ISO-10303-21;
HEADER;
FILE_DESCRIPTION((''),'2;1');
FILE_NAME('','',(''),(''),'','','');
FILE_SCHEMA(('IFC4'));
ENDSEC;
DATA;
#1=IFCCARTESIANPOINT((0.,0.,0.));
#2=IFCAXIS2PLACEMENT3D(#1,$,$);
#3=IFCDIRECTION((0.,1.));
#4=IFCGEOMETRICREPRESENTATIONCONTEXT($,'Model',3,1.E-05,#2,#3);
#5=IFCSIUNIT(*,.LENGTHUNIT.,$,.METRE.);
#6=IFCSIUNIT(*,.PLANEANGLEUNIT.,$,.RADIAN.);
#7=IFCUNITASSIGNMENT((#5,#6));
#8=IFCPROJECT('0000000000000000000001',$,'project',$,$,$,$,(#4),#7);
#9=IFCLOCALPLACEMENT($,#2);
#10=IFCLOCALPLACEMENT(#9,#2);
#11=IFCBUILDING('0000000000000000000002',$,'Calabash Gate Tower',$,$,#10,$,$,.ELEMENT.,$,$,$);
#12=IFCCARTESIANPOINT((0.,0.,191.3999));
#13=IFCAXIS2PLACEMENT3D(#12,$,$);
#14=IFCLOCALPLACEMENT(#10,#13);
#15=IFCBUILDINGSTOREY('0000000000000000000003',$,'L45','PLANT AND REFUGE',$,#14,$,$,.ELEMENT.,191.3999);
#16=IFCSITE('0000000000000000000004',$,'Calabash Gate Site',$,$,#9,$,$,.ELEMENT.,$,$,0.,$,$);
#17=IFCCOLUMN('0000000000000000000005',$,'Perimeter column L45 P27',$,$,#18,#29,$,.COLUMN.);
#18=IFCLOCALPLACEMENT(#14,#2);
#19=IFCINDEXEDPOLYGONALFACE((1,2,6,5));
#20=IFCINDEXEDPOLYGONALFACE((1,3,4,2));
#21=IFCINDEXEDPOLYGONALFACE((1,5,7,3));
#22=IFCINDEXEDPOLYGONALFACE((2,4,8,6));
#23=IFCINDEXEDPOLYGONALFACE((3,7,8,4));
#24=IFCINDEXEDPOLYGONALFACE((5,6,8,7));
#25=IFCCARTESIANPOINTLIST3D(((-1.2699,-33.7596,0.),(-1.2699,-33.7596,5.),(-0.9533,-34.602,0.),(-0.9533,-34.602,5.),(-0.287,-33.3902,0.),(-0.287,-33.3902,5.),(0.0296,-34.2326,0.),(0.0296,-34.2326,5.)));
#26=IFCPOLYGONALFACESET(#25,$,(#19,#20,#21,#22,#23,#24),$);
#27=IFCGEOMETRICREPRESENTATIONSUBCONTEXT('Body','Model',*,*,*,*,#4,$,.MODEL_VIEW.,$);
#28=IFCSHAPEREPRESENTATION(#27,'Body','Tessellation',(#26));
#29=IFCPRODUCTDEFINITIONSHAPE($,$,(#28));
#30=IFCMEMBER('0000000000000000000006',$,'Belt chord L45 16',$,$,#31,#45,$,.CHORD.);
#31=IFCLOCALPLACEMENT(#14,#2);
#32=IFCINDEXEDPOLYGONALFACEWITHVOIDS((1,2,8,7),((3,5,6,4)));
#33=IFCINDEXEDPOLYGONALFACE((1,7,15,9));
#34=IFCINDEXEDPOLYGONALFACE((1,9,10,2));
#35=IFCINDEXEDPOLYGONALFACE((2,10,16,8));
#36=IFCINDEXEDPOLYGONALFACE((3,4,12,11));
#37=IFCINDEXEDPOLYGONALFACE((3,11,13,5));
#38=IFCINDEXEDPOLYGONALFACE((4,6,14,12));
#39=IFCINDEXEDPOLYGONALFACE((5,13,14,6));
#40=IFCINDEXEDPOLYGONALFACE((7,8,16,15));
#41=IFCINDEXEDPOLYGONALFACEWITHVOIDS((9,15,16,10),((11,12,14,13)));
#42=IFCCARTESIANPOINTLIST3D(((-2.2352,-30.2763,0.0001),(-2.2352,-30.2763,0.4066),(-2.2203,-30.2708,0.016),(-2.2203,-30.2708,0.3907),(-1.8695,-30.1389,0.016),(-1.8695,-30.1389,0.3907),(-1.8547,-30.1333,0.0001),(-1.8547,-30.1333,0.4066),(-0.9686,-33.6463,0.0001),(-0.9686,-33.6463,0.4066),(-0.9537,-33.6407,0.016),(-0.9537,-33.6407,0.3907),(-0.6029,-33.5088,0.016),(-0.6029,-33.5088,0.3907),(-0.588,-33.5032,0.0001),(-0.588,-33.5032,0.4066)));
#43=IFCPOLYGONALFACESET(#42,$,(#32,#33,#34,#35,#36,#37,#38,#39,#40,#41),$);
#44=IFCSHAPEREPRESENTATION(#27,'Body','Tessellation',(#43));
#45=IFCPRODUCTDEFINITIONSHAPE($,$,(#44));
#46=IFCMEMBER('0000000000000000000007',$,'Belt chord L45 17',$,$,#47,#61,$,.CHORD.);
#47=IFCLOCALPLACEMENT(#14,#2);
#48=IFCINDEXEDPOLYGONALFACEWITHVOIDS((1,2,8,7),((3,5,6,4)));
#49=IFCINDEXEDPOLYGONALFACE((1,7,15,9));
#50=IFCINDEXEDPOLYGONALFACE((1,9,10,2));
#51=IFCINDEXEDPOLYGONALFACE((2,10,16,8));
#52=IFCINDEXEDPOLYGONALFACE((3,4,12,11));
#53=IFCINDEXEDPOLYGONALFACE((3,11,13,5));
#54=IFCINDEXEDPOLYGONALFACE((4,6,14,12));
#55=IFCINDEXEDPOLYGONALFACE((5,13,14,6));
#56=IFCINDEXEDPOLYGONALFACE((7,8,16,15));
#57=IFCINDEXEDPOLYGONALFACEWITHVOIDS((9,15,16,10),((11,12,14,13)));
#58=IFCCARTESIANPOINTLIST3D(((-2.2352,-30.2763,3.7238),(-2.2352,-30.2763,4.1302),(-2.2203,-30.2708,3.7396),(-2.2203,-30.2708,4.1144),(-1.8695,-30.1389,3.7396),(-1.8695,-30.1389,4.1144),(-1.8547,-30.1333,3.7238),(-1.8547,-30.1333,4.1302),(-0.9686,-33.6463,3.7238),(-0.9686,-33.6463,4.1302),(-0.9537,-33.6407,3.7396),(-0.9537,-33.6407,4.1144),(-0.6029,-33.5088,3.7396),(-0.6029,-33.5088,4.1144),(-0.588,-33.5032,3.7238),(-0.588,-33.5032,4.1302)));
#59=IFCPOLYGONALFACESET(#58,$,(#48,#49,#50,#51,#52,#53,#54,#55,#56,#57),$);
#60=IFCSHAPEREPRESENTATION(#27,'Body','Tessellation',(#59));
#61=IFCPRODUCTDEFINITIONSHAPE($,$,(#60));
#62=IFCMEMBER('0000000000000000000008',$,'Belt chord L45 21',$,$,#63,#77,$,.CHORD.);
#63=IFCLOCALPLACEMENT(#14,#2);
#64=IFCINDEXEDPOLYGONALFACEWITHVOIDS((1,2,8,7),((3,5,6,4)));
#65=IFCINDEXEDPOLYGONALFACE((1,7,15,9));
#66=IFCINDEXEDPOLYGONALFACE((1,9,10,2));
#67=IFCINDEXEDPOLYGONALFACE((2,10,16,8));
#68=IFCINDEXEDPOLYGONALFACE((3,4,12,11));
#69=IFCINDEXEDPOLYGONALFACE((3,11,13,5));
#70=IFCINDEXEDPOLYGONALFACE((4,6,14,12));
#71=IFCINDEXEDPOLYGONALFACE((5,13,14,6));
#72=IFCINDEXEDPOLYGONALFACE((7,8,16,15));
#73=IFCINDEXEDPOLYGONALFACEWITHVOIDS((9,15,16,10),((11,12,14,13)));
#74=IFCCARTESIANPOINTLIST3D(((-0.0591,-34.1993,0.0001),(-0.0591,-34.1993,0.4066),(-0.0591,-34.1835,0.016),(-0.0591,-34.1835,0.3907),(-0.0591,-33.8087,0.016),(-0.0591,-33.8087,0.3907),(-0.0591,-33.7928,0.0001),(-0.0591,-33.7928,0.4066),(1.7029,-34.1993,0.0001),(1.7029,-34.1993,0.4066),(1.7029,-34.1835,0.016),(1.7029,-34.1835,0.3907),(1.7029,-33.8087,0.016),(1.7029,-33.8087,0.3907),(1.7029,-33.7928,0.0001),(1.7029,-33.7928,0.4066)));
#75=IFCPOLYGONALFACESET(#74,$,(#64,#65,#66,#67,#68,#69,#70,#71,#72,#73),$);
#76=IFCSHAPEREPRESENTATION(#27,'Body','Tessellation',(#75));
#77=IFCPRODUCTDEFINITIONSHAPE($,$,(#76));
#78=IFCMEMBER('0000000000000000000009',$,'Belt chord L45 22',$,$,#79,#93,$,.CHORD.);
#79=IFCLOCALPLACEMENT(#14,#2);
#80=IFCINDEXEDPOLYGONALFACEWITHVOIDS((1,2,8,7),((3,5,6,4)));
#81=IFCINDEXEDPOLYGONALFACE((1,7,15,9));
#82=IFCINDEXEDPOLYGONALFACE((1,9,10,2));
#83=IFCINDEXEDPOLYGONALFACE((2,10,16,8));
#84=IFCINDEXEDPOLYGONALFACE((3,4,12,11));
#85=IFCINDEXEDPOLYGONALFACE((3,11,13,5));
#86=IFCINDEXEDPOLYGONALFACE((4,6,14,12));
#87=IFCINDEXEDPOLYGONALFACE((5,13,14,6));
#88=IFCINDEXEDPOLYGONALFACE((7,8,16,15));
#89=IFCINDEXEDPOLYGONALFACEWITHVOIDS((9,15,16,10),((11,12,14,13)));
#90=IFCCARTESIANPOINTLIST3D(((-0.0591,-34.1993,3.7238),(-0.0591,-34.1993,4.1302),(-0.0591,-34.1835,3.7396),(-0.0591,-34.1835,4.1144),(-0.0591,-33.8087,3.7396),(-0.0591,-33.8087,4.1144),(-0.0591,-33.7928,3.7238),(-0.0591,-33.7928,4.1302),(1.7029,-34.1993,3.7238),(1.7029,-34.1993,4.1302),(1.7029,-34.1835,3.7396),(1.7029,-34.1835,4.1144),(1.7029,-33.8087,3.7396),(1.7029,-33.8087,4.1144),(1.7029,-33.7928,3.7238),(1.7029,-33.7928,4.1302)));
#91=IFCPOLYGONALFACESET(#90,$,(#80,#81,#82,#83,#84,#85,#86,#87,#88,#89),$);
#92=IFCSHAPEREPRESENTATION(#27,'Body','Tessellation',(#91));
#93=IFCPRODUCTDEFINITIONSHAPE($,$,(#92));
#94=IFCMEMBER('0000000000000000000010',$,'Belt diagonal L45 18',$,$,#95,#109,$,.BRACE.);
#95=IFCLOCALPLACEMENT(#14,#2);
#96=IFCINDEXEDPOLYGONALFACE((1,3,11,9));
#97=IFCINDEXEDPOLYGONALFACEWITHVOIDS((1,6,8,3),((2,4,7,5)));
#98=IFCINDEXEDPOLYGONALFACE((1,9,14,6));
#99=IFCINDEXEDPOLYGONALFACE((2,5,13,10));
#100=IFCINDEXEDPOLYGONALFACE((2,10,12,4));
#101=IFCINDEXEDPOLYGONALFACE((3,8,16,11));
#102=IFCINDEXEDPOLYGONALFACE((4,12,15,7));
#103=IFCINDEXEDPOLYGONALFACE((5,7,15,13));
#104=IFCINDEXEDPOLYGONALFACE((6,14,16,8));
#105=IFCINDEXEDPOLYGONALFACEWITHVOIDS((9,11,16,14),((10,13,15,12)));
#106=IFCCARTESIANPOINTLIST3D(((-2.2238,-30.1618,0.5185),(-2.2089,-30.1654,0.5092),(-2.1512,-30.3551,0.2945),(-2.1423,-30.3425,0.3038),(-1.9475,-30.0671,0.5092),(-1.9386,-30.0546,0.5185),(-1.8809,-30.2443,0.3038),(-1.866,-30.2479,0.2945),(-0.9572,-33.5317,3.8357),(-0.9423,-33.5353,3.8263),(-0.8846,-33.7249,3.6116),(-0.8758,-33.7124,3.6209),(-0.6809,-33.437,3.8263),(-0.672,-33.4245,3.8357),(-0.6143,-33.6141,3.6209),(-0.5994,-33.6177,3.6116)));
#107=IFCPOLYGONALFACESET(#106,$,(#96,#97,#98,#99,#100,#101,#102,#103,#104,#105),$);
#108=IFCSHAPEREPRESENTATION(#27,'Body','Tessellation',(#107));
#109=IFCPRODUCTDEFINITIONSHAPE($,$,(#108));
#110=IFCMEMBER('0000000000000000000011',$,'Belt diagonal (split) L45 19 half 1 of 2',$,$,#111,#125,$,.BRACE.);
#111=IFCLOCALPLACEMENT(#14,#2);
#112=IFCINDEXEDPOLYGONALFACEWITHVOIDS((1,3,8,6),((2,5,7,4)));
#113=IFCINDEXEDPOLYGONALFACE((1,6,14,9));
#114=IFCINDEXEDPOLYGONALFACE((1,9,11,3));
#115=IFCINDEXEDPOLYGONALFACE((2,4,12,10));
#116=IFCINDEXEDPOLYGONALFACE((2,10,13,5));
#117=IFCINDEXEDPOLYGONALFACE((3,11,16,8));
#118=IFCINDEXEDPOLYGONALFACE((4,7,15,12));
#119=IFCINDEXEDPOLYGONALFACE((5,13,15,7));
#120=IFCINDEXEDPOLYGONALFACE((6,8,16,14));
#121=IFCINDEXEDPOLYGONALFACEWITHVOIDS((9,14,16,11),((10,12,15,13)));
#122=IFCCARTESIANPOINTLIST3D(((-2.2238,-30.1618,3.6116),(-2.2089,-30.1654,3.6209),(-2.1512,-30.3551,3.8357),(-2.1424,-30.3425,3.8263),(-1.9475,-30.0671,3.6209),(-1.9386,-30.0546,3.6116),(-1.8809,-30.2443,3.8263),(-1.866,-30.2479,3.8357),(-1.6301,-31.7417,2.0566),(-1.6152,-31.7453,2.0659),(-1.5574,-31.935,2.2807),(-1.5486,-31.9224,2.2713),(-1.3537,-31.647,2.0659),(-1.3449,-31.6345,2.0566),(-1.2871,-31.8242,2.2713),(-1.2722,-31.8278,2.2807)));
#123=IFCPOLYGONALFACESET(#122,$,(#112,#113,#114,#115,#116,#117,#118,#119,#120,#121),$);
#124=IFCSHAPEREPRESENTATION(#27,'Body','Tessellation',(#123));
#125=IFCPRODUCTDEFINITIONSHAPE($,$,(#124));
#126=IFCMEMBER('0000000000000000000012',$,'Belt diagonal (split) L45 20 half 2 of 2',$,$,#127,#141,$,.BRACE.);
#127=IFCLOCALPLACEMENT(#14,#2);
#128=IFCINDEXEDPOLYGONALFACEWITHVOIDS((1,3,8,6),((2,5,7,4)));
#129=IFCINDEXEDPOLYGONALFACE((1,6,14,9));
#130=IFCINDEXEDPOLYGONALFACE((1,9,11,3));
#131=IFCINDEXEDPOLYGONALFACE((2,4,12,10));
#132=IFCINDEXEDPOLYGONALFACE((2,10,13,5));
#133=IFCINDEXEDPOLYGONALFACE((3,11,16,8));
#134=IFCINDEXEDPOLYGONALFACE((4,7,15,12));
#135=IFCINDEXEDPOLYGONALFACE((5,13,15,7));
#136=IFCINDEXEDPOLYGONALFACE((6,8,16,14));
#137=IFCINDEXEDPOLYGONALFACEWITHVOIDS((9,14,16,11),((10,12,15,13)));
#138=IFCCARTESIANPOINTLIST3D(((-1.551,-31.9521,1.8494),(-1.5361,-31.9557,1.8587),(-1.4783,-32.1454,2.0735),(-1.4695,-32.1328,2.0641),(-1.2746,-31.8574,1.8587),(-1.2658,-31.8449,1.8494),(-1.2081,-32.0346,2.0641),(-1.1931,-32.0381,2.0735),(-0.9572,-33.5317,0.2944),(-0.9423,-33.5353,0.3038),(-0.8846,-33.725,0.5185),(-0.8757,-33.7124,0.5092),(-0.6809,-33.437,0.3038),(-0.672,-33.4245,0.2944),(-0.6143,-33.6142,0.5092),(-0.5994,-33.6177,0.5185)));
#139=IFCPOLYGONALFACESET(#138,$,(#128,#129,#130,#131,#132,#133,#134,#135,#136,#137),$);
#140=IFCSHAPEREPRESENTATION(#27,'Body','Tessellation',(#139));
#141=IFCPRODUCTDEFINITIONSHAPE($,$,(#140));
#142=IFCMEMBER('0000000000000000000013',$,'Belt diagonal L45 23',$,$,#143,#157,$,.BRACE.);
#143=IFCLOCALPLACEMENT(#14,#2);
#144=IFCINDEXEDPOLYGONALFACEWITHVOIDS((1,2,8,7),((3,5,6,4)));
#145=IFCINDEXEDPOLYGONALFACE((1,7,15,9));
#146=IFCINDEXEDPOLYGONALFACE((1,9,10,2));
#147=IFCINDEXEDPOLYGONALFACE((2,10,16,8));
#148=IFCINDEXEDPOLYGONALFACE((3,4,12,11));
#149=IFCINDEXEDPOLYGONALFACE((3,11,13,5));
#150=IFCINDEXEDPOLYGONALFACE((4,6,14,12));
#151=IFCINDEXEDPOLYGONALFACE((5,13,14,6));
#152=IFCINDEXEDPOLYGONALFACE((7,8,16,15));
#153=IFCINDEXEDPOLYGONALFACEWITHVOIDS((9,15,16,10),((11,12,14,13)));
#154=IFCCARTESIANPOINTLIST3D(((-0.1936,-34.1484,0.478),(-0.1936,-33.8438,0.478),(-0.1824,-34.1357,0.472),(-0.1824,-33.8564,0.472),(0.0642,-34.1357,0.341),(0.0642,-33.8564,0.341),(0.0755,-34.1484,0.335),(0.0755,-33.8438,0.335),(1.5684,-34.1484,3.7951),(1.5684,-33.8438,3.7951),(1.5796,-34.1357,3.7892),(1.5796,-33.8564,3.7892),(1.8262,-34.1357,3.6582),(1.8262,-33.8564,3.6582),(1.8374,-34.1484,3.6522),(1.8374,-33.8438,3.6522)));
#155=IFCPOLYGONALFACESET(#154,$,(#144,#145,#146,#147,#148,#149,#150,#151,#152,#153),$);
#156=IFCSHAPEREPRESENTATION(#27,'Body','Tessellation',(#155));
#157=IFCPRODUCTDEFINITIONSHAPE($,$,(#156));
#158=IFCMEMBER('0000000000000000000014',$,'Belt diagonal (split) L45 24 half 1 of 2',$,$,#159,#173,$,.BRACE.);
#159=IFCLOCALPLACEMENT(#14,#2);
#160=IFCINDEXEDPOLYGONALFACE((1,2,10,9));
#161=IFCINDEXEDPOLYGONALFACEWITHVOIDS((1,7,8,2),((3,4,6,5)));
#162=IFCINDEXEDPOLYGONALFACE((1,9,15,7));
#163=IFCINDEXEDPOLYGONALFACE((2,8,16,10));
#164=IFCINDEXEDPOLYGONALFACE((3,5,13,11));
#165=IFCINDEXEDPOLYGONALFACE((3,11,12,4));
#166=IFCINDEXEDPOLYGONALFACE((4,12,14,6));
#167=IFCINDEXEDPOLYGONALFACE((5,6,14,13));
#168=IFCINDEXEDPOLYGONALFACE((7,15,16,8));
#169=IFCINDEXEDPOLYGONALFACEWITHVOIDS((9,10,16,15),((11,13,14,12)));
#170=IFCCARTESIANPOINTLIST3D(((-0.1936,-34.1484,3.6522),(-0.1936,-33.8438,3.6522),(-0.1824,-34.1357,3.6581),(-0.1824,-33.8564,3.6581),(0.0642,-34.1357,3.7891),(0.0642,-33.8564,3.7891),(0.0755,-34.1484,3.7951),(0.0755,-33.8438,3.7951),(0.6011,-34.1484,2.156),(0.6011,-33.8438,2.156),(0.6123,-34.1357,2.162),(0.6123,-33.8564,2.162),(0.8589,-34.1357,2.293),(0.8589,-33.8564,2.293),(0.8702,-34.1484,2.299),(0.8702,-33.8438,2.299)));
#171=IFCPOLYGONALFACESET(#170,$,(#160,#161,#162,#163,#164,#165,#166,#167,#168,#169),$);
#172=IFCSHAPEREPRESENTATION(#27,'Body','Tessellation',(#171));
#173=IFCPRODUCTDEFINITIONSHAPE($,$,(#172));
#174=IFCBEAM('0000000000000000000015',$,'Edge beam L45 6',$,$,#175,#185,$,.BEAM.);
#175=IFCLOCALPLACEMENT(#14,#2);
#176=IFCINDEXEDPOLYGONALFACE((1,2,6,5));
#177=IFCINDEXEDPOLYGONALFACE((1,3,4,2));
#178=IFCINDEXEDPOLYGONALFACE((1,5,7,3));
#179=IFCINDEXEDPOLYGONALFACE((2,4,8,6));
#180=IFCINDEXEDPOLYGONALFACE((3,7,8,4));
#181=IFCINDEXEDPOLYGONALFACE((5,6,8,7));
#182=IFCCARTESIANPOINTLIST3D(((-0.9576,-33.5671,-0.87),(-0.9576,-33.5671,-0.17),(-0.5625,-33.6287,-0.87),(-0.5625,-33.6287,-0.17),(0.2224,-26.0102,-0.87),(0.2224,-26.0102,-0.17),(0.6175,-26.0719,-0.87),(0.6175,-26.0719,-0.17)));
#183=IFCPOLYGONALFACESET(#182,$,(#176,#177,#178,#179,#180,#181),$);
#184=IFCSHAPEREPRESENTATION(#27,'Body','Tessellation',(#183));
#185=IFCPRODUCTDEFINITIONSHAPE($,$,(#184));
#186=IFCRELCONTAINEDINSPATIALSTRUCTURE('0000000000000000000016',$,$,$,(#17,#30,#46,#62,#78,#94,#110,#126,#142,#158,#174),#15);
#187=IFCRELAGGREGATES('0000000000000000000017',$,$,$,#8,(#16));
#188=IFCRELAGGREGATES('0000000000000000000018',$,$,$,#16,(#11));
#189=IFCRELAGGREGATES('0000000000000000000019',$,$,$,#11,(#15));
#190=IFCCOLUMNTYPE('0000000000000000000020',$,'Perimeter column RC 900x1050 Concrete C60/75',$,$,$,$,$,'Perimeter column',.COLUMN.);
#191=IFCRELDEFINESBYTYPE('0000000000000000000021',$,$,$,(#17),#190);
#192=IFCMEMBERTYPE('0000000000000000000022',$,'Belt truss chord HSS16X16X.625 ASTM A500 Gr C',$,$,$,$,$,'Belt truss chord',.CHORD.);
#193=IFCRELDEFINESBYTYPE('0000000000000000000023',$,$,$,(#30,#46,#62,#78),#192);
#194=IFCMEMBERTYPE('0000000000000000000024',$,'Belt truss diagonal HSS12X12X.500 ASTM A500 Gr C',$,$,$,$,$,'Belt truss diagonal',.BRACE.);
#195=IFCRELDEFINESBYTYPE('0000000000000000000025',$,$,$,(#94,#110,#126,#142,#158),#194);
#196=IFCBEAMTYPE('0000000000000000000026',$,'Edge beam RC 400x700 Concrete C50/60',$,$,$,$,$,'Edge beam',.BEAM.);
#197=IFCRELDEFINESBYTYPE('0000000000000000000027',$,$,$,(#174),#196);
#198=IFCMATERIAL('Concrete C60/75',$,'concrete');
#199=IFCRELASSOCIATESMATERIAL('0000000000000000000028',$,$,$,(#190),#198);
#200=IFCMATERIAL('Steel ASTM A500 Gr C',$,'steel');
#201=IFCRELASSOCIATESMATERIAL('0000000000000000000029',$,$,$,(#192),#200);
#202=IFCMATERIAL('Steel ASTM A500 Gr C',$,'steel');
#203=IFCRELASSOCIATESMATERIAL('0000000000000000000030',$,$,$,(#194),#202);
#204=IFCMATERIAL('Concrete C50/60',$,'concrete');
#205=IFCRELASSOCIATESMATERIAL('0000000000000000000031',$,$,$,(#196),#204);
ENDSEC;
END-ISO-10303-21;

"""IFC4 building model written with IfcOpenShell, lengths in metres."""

from ifc_helpers import new_model, si_unit, direction, frame, origin, origin_2d, place, context, subcontext, project, spatial, rectangle, hollow_rectangle, extrude, material, material_profile, profile_set, type_object, element, save


model = new_model("IFC4")

# Units and contexts
model_context = context("Model", 3, precision=1e-05, world=origin(), true_north=direction((0.0, 1.0)))
body_context = subcontext(model_context, "Body", "Model", "MODEL_VIEW")
ifc_project = project(units=[si_unit("LENGTHUNIT", "METRE"), si_unit("PLANEANGLEUNIT", "RADIAN")], contexts=[model_context])

# Site, building, storey
site_placement = place(None, origin())
site = spatial("IfcSite", under=ifc_project, at=site_placement, Name="Calabash Gate Site", CompositionType="ELEMENT", RefElevation=0.0)
building_placement = place(site_placement, origin())
building = spatial("IfcBuilding", under=site, at=building_placement, Name="Calabash Gate Tower", CompositionType="ELEMENT")
storey_placement = place(building_placement, frame((0.0, 0.0, 191.3999)))
storey = spatial("IfcBuildingStorey", under=building, at=storey_placement, Name="L45", Description="PLANT AND REFUGE", CompositionType="ELEMENT", Elevation=191.3999)

# Column
ifc_material_1 = material(Name="Concrete C60/75", Category="concrete")
ifc_material_profile_1 = material_profile(ifc_material_1, rectangle(XDim=0.8999, YDim=1.05, at=origin_2d()))
ifc_profile_set_1 = profile_set([ifc_material_profile_1], Name="Concrete C60/75")
column_type = type_object("IfcColumnType", Name="Perimeter column RC 900x1050 Concrete C60/75", ElementType="Perimeter column", PredefinedType="COLUMN", material=ifc_profile_set_1)
column_placement = place(storey_placement, frame((-0.6201, -33.9961, 0.0), z_axis=(0.0, 0.0, 1.0), x_axis=(0.351823, -0.936067, 0.0)))
element("IfcColumn", 1, at=column_placement, inside=storey, type_object=column_type, Name="Perimeter column L45 P27", PredefinedType="COLUMN", context=body_context, shape_type="SweptSolid", body=[
    extrude(rectangle(XDim=0.8999, YDim=1.05, at=origin_2d()), origin(), (0.0, 0.0, 1.0), 5.0),
])

# Members
ifc_material_2 = material(Name="Steel ASTM A500 Gr C", Category="steel")
ifc_material_profile_2 = material_profile(ifc_material_2, hollow_rectangle(XDim=0.4065, YDim=0.4065, WallThickness=0.0159, at=origin_2d()))
ifc_profile_set_2 = profile_set([ifc_material_profile_2], Name="Steel ASTM A500 Gr C")
member_type_1 = type_object("IfcMemberType", Name="Belt truss chord HSS16X16X.625 ASTM A500 Gr C", ElementType="Belt truss chord", PredefinedType="CHORD", material=ifc_profile_set_2)
for number, where, z_axis, x_axis, name in (
    (2, (-2.0449, -30.2048, 0.2034), (0.351829, -0.936064, 0.0), (0.936064, 0.351829, 0.0), "Belt chord L45 16"),
    (3, (-2.0449, -30.2048, 3.927), (0.351829, -0.936064, 0.0), (0.936064, 0.351829, 0.0), "Belt chord L45 17"),
):
    element("IfcMember", number, at=place(storey_placement, frame(where, z_axis=z_axis, x_axis=x_axis)), inside=storey, type_object=member_type_1, Name=name, PredefinedType="CHORD", context=body_context, shape_type="SweptSolid", body=[
        extrude(hollow_rectangle(XDim=0.4065, YDim=0.4065, WallThickness=0.0159, at=origin_2d()), origin(), (0.0, 0.0, 1.0), 3.6001),
    ])
for number, where, z_axis, x_axis, name in (
    (4, (-0.0591, -33.9961, 0.2034), (1.0, 0.0, 0.0), (0.0, 1.0, 0.0), "Belt chord L45 21"),
    (5, (-0.0591, -33.9961, 3.927), (1.0, 0.0, 0.0), (0.0, 1.0, 0.0), "Belt chord L45 22"),
):
    element("IfcMember", number, at=place(storey_placement, frame(where, z_axis=z_axis, x_axis=x_axis)), inside=storey, type_object=member_type_1, Name=name, PredefinedType="CHORD", context=body_context, shape_type="SweptSolid", body=[
        extrude(hollow_rectangle(XDim=0.4065, YDim=0.4065, WallThickness=0.0159, at=origin_2d()), origin(), (0.0, 0.0, 1.0), 1.762),
    ])
ifc_material_3 = material(Name="Steel ASTM A500 Gr C", Category="steel")
ifc_material_profile_3 = material_profile(ifc_material_3, hollow_rectangle(XDim=0.3047, YDim=0.3047, WallThickness=0.0127, at=origin_2d()))
ifc_profile_set_3 = profile_set([ifc_material_profile_3], Name="Steel ASTM A500 Gr C")
member_type_2 = type_object("IfcMemberType", Name="Belt truss diagonal HSS12X12X.500 ASTM A500 Gr C", ElementType="Belt truss diagonal", PredefinedType="BRACE", material=ifc_profile_set_3)
member_1_placement = place(storey_placement, frame((-2.0449, -30.2048, 0.4065), z_axis=(0.25874, -0.688393, 0.67762), x_axis=(0.936064, 0.351829, 0.0)))
element("IfcMember", 6, at=member_1_placement, inside=storey, type_object=member_type_2, Name="Belt diagonal L45 18", PredefinedType="BRACE", context=body_context, shape_type="SweptSolid", body=[
    extrude(hollow_rectangle(XDim=0.3047, YDim=0.3047, WallThickness=0.0127, at=origin_2d()), origin(), (0.0, 0.0, 1.0), 4.8953),
])
member_2_placement = place(storey_placement, frame((-2.0449, -30.2048, 3.7236), z_axis=(0.258734, -0.688433, -0.677581), x_axis=(0.936073, 0.351805, 0.0)))
element("IfcMember", 7, at=member_2_placement, inside=storey, type_object=member_type_2, Name="Belt diagonal (split) L45 19 half 1 of 2", PredefinedType="BRACE", context=body_context, shape_type="SweptSolid", body=[
    extrude(hollow_rectangle(XDim=0.3047, YDim=0.3047, WallThickness=0.0127, at=origin_2d()), origin(), (0.0, 0.0, 1.0), 2.2949),
])
member_3_placement = place(storey_placement, frame((-1.3721, -31.9951, 1.9614), z_axis=(0.258753, -0.688377, -0.677631), x_axis=(0.936055, 0.351853, 0.0)))
element("IfcMember", 8, at=member_3_placement, inside=storey, type_object=member_type_2, Name="Belt diagonal (split) L45 20 half 2 of 2", PredefinedType="BRACE", context=body_context, shape_type="SweptSolid", body=[
    extrude(hollow_rectangle(XDim=0.3047, YDim=0.3047, WallThickness=0.0127, at=origin_2d()), origin(), (0.0, 0.0, 1.0), 2.2947),
])
member_4_placement = place(storey_placement, frame((-0.0591, -33.9961, 0.4065), z_axis=(0.4691, 0.0, 0.883145), x_axis=(0.0, 1.0, 0.0)))
element("IfcMember", 9, at=member_4_placement, inside=storey, type_object=member_type_2, Name="Belt diagonal L45 23", PredefinedType="BRACE", context=body_context, shape_type="SweptSolid", body=[
    extrude(hollow_rectangle(XDim=0.3047, YDim=0.3047, WallThickness=0.0127, at=origin_2d()), origin(), (0.0, 0.0, 1.0), 3.7561),
])
member_5_placement = place(storey_placement, frame((-0.0591, -33.9961, 3.7236), z_axis=(0.469099, 0.0, -0.883146), x_axis=(0.0, 1.0, 0.0)))
element("IfcMember", 10, at=member_5_placement, inside=storey, type_object=member_type_2, Name="Belt diagonal (split) L45 24 half 1 of 2", PredefinedType="BRACE", context=body_context, shape_type="SweptSolid", body=[
    extrude(hollow_rectangle(XDim=0.3047, YDim=0.3047, WallThickness=0.0127, at=origin_2d()), origin(), (0.0, 0.0, 1.0), 1.6941),
])

# Beam
ifc_material_4 = material(Name="Concrete C50/60", Category="concrete")
ifc_material_profile_4 = material_profile(ifc_material_4, rectangle(XDim=0.3999, YDim=0.7, at=origin_2d()))
ifc_profile_set_4 = profile_set([ifc_material_profile_4], Name="Concrete C50/60")
beam_type = type_object("IfcBeamType", Name="Edge beam RC 400x700 Concrete C50/60", ElementType="Edge beam", PredefinedType="BEAM", material=ifc_profile_set_4)
beam_placement = place(storey_placement, frame((-0.76, -33.5979, -0.52), z_axis=(0.154271, 0.988029, 0.0), x_axis=(-0.988029, 0.154271, 0.0)))
element("IfcBeam", 11, at=beam_placement, inside=storey, type_object=beam_type, Name="Edge beam L45 6", PredefinedType="BEAM", context=body_context, shape_type="SweptSolid", body=[
    extrude(rectangle(XDim=0.3999, YDim=0.7, at=origin_2d()), origin(), (0.0, 0.0, 1.0), 7.6484),
])

save(model, "model.ifc")
